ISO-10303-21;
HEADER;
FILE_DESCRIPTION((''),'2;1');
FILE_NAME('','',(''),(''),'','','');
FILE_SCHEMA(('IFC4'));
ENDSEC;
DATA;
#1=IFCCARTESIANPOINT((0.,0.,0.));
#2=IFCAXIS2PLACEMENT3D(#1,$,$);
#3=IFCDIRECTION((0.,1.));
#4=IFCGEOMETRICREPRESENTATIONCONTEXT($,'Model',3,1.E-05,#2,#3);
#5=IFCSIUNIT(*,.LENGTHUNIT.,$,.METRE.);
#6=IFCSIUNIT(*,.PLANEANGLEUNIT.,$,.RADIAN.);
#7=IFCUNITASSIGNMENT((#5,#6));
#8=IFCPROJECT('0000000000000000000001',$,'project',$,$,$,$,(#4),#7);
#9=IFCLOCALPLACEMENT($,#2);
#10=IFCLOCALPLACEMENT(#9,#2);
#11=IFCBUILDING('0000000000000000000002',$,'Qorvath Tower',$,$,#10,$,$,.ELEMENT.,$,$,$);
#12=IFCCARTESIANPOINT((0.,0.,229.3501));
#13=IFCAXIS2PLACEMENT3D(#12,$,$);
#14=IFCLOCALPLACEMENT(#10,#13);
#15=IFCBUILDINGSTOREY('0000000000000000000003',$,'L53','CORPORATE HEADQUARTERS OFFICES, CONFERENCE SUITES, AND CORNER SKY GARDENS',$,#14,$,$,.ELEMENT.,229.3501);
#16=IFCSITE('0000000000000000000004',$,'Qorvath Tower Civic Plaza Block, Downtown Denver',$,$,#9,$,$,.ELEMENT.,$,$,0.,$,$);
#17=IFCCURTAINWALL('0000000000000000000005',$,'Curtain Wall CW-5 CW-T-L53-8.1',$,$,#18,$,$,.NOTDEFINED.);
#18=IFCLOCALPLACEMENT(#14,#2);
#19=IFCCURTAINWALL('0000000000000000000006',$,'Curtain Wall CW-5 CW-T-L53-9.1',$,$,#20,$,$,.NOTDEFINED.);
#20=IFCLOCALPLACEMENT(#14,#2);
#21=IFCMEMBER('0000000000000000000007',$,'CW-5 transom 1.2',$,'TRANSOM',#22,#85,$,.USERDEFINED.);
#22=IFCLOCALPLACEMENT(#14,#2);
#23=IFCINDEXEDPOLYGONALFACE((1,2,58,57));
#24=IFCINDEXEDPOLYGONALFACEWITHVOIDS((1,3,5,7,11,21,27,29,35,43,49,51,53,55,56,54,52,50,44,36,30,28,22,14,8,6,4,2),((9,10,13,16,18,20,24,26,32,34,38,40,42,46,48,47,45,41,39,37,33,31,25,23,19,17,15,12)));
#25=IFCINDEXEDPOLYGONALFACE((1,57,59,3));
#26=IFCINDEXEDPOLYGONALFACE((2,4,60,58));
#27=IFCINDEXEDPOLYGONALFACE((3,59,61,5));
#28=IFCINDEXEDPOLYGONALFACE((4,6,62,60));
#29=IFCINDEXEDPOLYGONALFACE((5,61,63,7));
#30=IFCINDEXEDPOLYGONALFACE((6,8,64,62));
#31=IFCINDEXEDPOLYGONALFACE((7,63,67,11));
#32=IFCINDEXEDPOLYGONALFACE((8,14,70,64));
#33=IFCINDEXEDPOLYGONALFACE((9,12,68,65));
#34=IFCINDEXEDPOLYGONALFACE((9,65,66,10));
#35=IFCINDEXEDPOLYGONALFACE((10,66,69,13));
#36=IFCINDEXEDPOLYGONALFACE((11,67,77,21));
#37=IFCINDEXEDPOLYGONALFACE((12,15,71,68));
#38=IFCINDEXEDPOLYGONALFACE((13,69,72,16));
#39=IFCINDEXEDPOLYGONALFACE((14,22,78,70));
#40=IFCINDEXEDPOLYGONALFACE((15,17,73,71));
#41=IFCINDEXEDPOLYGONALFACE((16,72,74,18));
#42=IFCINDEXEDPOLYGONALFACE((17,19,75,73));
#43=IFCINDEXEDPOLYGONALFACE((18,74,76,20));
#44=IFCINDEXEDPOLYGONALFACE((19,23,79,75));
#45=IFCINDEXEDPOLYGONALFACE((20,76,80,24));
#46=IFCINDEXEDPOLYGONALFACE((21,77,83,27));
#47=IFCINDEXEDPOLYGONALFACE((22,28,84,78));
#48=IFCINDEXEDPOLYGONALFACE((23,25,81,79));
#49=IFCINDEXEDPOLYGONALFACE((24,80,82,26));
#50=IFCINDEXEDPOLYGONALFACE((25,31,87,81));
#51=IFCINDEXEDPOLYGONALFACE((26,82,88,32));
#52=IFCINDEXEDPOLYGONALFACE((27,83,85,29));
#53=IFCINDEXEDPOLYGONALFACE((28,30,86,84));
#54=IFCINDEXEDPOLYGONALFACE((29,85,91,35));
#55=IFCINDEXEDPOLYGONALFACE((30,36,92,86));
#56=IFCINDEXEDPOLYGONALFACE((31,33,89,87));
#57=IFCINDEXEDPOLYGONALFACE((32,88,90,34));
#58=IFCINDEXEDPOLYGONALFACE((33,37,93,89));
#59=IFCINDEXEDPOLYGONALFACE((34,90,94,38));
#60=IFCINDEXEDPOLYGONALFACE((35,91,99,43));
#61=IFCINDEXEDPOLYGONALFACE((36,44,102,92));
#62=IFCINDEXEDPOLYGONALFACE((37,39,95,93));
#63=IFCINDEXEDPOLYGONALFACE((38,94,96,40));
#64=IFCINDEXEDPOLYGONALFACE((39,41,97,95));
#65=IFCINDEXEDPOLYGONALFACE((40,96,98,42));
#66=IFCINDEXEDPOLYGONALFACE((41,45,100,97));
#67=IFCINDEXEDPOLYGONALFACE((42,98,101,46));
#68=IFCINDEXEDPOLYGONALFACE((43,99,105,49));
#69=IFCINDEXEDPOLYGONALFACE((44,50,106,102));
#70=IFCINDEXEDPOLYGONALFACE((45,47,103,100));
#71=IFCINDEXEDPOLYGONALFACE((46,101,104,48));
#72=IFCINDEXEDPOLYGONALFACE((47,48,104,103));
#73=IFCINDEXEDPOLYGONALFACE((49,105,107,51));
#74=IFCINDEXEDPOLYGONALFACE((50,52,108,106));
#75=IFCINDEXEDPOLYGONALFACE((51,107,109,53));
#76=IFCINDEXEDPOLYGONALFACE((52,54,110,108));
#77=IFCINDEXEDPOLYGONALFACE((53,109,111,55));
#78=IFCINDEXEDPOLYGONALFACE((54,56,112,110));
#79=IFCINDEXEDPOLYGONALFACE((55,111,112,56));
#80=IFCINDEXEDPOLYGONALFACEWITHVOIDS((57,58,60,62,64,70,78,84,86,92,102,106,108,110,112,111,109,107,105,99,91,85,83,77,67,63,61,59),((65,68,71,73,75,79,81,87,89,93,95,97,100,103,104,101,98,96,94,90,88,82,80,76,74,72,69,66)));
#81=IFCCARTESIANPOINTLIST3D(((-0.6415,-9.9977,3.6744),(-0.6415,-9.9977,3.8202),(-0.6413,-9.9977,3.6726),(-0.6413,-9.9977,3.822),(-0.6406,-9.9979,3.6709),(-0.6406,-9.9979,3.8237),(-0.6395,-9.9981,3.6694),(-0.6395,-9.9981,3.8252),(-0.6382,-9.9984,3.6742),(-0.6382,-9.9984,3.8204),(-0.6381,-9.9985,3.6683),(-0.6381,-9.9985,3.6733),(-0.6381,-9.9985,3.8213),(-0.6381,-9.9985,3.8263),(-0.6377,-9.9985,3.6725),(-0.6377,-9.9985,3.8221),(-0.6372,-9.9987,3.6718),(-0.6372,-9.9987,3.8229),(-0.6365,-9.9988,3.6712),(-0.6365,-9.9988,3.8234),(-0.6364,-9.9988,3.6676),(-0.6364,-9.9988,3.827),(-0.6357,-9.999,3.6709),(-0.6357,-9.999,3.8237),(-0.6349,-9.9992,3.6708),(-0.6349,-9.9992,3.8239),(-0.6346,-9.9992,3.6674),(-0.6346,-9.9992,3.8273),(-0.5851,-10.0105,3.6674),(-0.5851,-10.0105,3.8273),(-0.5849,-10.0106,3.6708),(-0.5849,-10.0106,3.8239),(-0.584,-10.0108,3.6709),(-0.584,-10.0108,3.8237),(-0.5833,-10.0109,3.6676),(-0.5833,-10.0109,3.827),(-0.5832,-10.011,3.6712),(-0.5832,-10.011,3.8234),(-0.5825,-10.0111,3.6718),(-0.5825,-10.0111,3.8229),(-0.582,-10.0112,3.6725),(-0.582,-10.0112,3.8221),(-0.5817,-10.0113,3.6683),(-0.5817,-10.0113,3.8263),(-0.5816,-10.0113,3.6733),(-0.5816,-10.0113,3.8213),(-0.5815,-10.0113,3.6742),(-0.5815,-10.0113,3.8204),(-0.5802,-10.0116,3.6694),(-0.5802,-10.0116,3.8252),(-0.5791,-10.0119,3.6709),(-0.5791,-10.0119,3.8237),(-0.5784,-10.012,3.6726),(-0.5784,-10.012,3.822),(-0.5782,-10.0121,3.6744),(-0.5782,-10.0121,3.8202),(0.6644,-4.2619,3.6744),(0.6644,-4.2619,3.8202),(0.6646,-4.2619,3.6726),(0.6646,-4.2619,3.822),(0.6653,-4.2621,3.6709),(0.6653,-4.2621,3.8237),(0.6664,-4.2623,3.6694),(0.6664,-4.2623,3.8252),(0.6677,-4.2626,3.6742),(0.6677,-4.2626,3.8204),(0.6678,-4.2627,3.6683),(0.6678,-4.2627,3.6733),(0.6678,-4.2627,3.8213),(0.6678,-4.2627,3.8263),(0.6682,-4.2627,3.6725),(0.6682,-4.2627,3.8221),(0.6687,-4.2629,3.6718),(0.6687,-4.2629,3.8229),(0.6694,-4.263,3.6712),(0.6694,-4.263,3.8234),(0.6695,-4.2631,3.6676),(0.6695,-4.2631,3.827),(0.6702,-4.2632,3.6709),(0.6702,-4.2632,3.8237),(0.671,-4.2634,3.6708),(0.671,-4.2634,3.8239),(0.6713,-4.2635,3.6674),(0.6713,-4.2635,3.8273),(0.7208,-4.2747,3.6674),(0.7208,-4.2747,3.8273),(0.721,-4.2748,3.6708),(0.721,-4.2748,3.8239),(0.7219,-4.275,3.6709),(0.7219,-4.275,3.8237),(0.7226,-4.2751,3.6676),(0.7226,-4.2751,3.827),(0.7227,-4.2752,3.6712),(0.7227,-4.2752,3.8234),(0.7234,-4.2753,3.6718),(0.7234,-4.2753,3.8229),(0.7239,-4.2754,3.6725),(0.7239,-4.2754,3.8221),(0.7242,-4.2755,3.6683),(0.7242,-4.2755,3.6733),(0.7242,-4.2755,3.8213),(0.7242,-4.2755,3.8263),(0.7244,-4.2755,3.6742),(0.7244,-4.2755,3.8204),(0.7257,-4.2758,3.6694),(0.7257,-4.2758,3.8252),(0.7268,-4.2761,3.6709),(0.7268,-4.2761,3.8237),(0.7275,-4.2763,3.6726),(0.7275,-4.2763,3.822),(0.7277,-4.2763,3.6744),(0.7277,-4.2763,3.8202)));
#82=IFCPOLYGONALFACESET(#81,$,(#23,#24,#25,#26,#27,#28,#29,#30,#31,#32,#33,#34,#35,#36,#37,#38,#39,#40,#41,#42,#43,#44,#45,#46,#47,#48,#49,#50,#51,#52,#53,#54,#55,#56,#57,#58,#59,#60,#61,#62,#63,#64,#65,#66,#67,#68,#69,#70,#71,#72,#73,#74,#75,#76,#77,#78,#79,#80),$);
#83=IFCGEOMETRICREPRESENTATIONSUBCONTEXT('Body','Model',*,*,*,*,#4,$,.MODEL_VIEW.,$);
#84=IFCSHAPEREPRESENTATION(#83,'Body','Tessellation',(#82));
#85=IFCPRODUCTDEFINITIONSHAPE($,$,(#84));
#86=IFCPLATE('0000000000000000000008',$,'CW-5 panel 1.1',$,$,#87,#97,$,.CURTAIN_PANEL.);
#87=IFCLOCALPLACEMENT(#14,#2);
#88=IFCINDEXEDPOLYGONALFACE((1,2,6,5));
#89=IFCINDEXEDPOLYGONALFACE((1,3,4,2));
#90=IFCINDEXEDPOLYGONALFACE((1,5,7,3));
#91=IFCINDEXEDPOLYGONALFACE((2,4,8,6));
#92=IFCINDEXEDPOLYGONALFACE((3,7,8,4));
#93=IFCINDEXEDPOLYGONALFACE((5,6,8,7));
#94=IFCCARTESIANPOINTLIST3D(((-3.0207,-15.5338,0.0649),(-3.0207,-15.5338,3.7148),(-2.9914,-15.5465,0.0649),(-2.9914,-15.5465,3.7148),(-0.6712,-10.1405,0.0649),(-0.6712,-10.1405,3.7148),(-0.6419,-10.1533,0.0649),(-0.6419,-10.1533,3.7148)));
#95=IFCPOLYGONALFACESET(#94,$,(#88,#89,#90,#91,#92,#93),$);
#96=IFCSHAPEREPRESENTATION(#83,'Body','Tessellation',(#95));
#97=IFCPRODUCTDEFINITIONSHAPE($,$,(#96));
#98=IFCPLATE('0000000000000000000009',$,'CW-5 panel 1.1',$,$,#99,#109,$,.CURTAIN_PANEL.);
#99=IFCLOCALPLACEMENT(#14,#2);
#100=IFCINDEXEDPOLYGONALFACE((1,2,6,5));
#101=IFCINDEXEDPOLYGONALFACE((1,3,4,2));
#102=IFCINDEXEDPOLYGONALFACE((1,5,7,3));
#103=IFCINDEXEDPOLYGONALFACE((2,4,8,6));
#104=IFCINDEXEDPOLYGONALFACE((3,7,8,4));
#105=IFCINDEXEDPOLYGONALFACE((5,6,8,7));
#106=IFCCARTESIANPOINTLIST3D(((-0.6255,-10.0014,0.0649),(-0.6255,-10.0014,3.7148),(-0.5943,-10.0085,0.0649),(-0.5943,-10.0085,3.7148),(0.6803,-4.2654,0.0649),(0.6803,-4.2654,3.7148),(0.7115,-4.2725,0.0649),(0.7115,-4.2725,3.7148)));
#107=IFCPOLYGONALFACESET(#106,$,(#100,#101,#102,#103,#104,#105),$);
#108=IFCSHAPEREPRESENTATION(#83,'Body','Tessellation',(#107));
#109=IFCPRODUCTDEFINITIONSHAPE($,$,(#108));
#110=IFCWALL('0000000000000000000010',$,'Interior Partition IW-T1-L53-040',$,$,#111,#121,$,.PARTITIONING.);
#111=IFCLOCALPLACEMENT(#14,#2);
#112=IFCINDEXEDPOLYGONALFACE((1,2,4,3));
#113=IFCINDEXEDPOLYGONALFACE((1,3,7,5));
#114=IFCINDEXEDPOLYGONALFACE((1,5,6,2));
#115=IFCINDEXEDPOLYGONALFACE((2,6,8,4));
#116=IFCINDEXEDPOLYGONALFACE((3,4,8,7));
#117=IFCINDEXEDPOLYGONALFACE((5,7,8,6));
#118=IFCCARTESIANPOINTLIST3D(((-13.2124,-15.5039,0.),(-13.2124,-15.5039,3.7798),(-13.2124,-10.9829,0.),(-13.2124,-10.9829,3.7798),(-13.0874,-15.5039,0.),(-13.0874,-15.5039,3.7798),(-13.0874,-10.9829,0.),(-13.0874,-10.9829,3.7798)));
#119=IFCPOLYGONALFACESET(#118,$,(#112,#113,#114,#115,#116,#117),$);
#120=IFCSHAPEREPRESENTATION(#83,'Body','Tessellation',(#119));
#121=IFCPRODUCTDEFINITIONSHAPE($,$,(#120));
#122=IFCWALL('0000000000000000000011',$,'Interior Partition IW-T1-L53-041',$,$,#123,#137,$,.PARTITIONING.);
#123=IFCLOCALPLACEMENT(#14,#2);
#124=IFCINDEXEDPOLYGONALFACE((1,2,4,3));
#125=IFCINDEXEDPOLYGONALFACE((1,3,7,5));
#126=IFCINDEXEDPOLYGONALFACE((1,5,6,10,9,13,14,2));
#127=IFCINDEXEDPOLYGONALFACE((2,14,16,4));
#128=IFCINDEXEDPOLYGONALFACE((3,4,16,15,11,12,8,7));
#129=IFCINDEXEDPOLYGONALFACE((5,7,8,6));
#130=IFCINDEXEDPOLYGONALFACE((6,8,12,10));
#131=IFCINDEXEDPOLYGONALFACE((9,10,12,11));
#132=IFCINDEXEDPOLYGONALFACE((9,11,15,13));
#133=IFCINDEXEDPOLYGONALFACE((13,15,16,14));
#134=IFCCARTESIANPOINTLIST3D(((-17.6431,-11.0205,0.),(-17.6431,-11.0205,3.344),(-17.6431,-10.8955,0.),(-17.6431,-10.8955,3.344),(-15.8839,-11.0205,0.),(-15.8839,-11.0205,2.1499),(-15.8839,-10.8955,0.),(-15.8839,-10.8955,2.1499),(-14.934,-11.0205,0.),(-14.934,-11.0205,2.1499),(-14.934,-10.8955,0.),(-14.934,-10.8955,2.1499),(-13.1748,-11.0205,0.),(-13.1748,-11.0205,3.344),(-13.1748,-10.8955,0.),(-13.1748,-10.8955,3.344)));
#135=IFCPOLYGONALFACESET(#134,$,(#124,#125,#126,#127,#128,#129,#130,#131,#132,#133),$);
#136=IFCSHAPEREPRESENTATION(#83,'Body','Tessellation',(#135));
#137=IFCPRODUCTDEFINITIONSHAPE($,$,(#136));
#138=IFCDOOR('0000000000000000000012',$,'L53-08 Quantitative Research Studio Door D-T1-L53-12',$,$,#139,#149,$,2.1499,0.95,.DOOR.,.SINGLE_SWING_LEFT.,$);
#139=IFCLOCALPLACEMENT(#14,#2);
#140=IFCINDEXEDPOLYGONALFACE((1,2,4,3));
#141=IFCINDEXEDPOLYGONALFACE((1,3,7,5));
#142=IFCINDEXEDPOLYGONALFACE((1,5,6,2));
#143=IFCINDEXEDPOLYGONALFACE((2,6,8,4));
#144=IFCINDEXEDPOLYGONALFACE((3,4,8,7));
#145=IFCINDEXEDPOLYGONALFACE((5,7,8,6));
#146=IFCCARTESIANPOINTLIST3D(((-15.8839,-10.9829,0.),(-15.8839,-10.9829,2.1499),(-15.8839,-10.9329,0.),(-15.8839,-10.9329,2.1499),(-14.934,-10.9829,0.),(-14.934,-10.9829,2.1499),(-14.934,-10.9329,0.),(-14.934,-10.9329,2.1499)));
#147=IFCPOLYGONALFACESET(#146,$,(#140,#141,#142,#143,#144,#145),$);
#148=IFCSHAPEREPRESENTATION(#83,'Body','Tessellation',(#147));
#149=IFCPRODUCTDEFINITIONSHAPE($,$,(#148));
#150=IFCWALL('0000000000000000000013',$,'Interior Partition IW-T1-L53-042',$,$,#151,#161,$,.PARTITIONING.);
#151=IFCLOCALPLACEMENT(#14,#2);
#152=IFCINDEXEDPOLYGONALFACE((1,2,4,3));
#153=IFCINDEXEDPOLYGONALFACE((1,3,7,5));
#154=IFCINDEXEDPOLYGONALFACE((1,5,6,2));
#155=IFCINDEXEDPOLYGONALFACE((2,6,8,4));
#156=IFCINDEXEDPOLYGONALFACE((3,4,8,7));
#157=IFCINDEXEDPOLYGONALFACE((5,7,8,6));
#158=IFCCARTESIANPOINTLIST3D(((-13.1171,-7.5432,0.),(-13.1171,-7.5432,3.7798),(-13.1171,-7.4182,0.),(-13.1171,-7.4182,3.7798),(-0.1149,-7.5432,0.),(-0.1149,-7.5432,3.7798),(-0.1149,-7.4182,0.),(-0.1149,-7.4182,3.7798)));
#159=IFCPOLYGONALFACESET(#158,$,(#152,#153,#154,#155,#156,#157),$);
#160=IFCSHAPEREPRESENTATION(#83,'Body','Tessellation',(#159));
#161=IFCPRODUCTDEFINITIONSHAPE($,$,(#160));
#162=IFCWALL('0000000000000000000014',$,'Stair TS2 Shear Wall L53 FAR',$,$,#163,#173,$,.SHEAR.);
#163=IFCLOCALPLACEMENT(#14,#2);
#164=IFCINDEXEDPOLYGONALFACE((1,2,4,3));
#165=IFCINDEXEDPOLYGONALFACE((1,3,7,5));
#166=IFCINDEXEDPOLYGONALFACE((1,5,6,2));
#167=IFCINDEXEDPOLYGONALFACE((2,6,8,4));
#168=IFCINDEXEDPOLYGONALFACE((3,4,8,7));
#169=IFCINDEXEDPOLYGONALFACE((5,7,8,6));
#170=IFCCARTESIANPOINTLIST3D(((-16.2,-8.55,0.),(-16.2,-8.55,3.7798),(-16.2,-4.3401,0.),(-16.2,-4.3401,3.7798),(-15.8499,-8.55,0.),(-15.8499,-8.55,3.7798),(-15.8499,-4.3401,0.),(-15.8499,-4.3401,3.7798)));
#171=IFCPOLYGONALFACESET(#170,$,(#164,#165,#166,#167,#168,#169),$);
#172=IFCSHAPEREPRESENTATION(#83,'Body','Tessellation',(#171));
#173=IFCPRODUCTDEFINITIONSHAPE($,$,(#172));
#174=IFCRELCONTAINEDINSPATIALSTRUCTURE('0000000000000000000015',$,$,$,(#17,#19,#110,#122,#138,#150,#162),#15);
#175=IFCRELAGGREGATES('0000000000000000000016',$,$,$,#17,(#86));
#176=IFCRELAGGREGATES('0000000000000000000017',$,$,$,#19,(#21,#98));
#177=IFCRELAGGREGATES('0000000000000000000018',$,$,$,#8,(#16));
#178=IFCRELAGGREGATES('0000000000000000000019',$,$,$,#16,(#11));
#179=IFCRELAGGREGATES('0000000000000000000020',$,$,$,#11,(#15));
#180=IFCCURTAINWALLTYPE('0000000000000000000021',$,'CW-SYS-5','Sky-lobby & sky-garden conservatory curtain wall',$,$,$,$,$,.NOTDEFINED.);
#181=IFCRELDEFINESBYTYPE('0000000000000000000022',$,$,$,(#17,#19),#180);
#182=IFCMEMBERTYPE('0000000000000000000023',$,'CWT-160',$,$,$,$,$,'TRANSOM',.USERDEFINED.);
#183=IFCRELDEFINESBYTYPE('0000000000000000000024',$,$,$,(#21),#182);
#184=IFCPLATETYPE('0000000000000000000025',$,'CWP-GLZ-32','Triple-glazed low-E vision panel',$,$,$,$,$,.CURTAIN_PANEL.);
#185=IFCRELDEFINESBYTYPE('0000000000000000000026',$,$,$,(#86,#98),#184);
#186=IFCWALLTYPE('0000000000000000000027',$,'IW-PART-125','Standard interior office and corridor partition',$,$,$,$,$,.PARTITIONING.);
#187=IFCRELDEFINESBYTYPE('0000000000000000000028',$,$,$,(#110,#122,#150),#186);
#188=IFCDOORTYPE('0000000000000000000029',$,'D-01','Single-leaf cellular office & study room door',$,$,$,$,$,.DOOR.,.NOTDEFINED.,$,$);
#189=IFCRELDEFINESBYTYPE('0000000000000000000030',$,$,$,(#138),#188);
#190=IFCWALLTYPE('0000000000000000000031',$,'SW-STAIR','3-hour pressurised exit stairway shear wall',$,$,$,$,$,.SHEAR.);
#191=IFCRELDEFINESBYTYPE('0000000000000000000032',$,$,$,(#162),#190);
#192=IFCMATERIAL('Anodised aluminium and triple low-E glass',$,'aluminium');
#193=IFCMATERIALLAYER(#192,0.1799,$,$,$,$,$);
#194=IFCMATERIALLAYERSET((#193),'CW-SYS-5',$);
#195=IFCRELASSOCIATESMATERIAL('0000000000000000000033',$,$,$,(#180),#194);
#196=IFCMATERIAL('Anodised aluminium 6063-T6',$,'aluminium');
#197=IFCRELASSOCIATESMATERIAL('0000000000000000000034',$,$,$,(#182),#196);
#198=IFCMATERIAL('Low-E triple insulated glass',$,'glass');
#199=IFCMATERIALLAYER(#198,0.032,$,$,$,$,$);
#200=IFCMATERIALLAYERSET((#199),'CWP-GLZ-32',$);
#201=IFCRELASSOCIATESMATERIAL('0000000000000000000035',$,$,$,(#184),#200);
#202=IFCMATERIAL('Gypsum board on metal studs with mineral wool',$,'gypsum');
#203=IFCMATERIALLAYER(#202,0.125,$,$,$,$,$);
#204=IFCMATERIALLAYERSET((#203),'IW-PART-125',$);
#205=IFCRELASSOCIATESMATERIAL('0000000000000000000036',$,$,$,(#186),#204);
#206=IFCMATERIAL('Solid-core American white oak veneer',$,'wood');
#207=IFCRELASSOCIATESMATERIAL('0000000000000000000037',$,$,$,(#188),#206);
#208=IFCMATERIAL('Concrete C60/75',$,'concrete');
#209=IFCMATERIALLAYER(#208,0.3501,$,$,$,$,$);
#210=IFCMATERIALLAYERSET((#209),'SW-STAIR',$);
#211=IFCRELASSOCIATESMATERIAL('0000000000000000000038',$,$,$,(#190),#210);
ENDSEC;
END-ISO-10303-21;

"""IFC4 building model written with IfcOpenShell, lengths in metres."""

from ifc_helpers import new_model, si_unit, direction, frame, frame_2d, origin, origin_2d, place, context, subcontext, project, spatial, rectangle, hollow_rectangle, extrude, material, layer, layer_set, material_profile, profile_set, type_object, element, fill, aggregate, save


model = new_model("IFC4")

# Units and contexts
model_context = context("Model", 3, precision=1e-05, world=origin(), true_north=direction((0.0, 1.0)))
body_context = subcontext(model_context, "Body", "Model", "MODEL_VIEW")
ifc_project = project(units=[si_unit("LENGTHUNIT", "METRE"), si_unit("PLANEANGLEUNIT", "RADIAN")], contexts=[model_context])

# Site, building, storey
site_placement = place(None, origin())
site = spatial("IfcSite", under=ifc_project, at=site_placement, Name="Qorvath Tower Civic Plaza Block, Downtown Denver", CompositionType="ELEMENT", RefElevation=0.0)
building_placement = place(site_placement, origin())
building = spatial("IfcBuilding", under=site, at=building_placement, Name="Qorvath Tower", CompositionType="ELEMENT")
storey_placement = place(building_placement, frame((0.0, 0.0, 229.3501)))
storey = spatial("IfcBuildingStorey", under=building, at=storey_placement, Name="L53", Description="CORPORATE HEADQUARTERS OFFICES, CONFERENCE SUITES, AND CORNER SKY GARDENS", CompositionType="ELEMENT", Elevation=229.3501)

# Curtain walls
ifc_material_1 = material(Name="Anodised aluminium and triple low-E glass", Category="aluminium")
ifc_layer_1 = layer(ifc_material_1, 0.1799)
ifc_layer_set_1 = layer_set([ifc_layer_1], Name="CW-SYS-5")
curtain_wall_type = type_object("IfcCurtainWallType", Name="CW-SYS-5", Description="Sky-lobby & sky-garden conservatory curtain wall", PredefinedType="NOTDEFINED", material=ifc_layer_set_1)
curtain_wall_1_placement = place(storey_placement, origin())
curtain_wall_1 = element("IfcCurtainWall", 1, at=curtain_wall_1_placement, inside=storey, type_object=curtain_wall_type, Name="Curtain Wall CW-5 CW-T-L53-8.1", PredefinedType="NOTDEFINED")
curtain_wall_2_placement = place(storey_placement, origin())
curtain_wall_2 = element("IfcCurtainWall", 2, at=curtain_wall_2_placement, inside=storey, type_object=curtain_wall_type, Name="Curtain Wall CW-5 CW-T-L53-9.1", PredefinedType="NOTDEFINED")

# Member
ifc_material_2 = material(Name="Anodised aluminium 6063-T6", Category="aluminium")
ifc_material_profile_1 = material_profile(ifc_material_2, hollow_rectangle(XDim=0.0649, YDim=0.1599, WallThickness=0.0034, InnerFilletRadius=0.0034, OuterFilletRadius=0.0071, at=origin_2d()), Name="CWT 160x65")
ifc_profile_set_1 = profile_set([ifc_material_profile_1], Name="Anodised aluminium 6063-T6")
member_type_1 = type_object("IfcMemberType", Name="CWT-160", ElementType="TRANSOM", PredefinedType="USERDEFINED", material=ifc_profile_set_1)
member_1_placement = place(storey_placement, frame((-0.6099, -10.0049, 3.7473), z_axis=(0.221994, 0.975048, 0.0), x_axis=(-0.975048, 0.221994, 0.0)))
member_1 = element("IfcMember", 3, at=member_1_placement, type_object=member_type_1, Name="CW-5 transom 1.2", ObjectType="TRANSOM", PredefinedType="USERDEFINED", context=body_context, shape_type="SweptSolid", body=[
    extrude(hollow_rectangle(XDim=0.0649, YDim=0.1599, WallThickness=0.0034, InnerFilletRadius=0.0034, OuterFilletRadius=0.0071, at=origin_2d()), origin(), (0.0, 0.0, 1.0), 5.8826),
])

# Plates
ifc_material_3 = material(Name="Low-E triple insulated glass", Category="glass")
ifc_layer_2 = layer(ifc_material_3, 0.032)
ifc_layer_set_2 = layer_set([ifc_layer_2], Name="CWP-GLZ-32")
plate_type = type_object("IfcPlateType", Name="CWP-GLZ-32", Description="Triple-glazed low-E vision panel", PredefinedType="CURTAIN_PANEL", material=ifc_layer_set_2)
plate_1_placement = place(storey_placement, frame((-1.8313, -12.8435, 0.0649), z_axis=(0.0, 0.0, 1.0), x_axis=(0.399382, 0.916785, 0.0)))
plate_1 = element("IfcPlate", 4, at=plate_1_placement, type_object=plate_type, Name="CW-5 panel 1.1", PredefinedType="CURTAIN_PANEL", context=body_context, shape_type="SweptSolid", body=[
    extrude(rectangle(XDim=5.8828, YDim=0.032, at=origin_2d()), origin(), (0.0, 0.0, 1.0), 3.6499),
])
aggregate(curtain_wall_1, [plate_1])
plate_2_placement = place(storey_placement, frame((0.043, -7.137, 0.0649), z_axis=(0.0, 0.0, 1.0), x_axis=(0.22197, 0.975053, 0.0)))
plate_2 = element("IfcPlate", 5, at=plate_2_placement, type_object=plate_type, Name="CW-5 panel 1.1", PredefinedType="CURTAIN_PANEL", context=body_context, shape_type="SweptSolid", body=[
    extrude(rectangle(XDim=5.8828, YDim=0.032, at=origin_2d()), origin(), (0.0, 0.0, 1.0), 3.6499),
])
aggregate(curtain_wall_2, [member_1, plate_2])

# Wall
ifc_material_4 = material(Name="Gypsum board on metal studs with mineral wool", Category="gypsum")
ifc_layer_3 = layer(ifc_material_4, 0.125)
ifc_layer_set_3 = layer_set([ifc_layer_3], Name="IW-PART-125")
wall_type_1 = type_object("IfcWallType", Name="IW-PART-125", Description="Standard interior office and corridor partition", PredefinedType="PARTITIONING", material=ifc_layer_set_3)
wall_1_placement = place(storey_placement, frame((-13.1499, -10.9829, 0.0), z_axis=(0.0, 0.0, 1.0), x_axis=(0.0, -1.0, 0.0)))
element("IfcWall", 6, at=wall_1_placement, inside=storey, type_object=wall_type_1, Name="Interior Partition IW-T1-L53-040", PredefinedType="PARTITIONING", context=body_context, shape_type="SweptSolid", body=[
    extrude(rectangle(XDim=4.521, YDim=0.125, at=frame_2d((2.2605, 0.0))), origin(), (0.0, 0.0, 1.0), 3.7798),
])

# Wall, opening, door
wall_2_placement = place(storey_placement, frame((-13.1748, -10.958, 0.0), z_axis=(0.0, 0.0, 1.0), x_axis=(-1.0, 0.0, 0.0)))
wall_2 = element("IfcWall", 7, at=wall_2_placement, inside=storey, type_object=wall_type_1, Name="Interior Partition IW-T1-L53-041", PredefinedType="PARTITIONING", context=body_context, shape_type="SweptSolid", body=[
    extrude(rectangle(XDim=4.4683, YDim=0.125, at=frame_2d((2.2341, 0.0))), origin(), (0.0, 0.0, 1.0), 3.344),
])
opening_1_placement = place(wall_2_placement, frame((1.759, 0.0, 0.0)))
opening_1 = element("IfcOpeningElement", 8, at=opening_1_placement, cuts=wall_2, PredefinedType="OPENING", context=body_context, shape_type="SweptSolid", body=[
    extrude(rectangle(XDim=0.95, YDim=2.1499, at=frame_2d((0.4751, 1.075))), frame((0.0, 0.0725, 0.0), z_axis=(0.0, -1.0, 0.0), x_axis=(1.0, 0.0, 0.0)), (0.0, 0.0, 1.0), 0.145),
])
ifc_material_5 = material(Name="Solid-core American white oak veneer", Category="wood")
door_type_1 = type_object("IfcDoorType", Name="D-01", Description="Single-leaf cellular office & study room door", OperationType="NOTDEFINED", PredefinedType="DOOR", material=ifc_material_5)
door_1_placement = place(opening_1_placement, origin())
door_1 = element("IfcDoor", 9, at=door_1_placement, inside=storey, type_object=door_type_1, Name="L53-08 Quantitative Research Studio Door D-T1-L53-12", OperationType="SINGLE_SWING_LEFT", OverallHeight=2.1499, OverallWidth=0.95, PredefinedType="DOOR", context=body_context, shape_type="SweptSolid", body=[
    extrude(rectangle(XDim=0.95, YDim=2.1499, at=frame_2d((0.4751, 1.075))), frame((0.0, 0.0249, 0.0), z_axis=(0.0, -1.0, 0.0), x_axis=(1.0, 0.0, 0.0)), (0.0, 0.0, 1.0), 0.05),
])
fill(opening_1, door_1)

# Wall
wall_3_placement = place(storey_placement, frame((-0.115, -7.4807, 0.0), z_axis=(0.0, 0.0, 1.0), x_axis=(-1.0, 0.0, 0.0)))
element("IfcWall", 10, at=wall_3_placement, inside=storey, type_object=wall_type_1, Name="Interior Partition IW-T1-L53-042", PredefinedType="PARTITIONING", context=body_context, shape_type="SweptSolid", body=[
    extrude(rectangle(XDim=13.0022, YDim=0.125, at=frame_2d((6.501, 0.0))), origin(), (0.0, 0.0, 1.0), 3.7798),
])

# Wall
ifc_material_6 = material(Name="Concrete C60/75", Category="concrete")
ifc_layer_4 = layer(ifc_material_6, 0.3501)
ifc_layer_set_4 = layer_set([ifc_layer_4], Name="SW-STAIR")
wall_type_2 = type_object("IfcWallType", Name="SW-STAIR", Description="3-hour pressurised exit stairway shear wall", PredefinedType="SHEAR", material=ifc_layer_set_4)
wall_4_placement = place(storey_placement, frame((-16.0249, -8.55, 0.0), z_axis=(0.0, 0.0, 1.0), x_axis=(0.0, 1.0, 0.0)))
element("IfcWall", 11, at=wall_4_placement, inside=storey, type_object=wall_type_2, Name="Stair TS2 Shear Wall L53 FAR", PredefinedType="SHEAR", context=body_context, shape_type="SweptSolid", body=[
    extrude(rectangle(XDim=4.21, YDim=0.3501, at=frame_2d((2.105, 0.0))), origin(), (0.0, 0.0, 1.0), 3.7798),
])

save(model, "model.ifc")
